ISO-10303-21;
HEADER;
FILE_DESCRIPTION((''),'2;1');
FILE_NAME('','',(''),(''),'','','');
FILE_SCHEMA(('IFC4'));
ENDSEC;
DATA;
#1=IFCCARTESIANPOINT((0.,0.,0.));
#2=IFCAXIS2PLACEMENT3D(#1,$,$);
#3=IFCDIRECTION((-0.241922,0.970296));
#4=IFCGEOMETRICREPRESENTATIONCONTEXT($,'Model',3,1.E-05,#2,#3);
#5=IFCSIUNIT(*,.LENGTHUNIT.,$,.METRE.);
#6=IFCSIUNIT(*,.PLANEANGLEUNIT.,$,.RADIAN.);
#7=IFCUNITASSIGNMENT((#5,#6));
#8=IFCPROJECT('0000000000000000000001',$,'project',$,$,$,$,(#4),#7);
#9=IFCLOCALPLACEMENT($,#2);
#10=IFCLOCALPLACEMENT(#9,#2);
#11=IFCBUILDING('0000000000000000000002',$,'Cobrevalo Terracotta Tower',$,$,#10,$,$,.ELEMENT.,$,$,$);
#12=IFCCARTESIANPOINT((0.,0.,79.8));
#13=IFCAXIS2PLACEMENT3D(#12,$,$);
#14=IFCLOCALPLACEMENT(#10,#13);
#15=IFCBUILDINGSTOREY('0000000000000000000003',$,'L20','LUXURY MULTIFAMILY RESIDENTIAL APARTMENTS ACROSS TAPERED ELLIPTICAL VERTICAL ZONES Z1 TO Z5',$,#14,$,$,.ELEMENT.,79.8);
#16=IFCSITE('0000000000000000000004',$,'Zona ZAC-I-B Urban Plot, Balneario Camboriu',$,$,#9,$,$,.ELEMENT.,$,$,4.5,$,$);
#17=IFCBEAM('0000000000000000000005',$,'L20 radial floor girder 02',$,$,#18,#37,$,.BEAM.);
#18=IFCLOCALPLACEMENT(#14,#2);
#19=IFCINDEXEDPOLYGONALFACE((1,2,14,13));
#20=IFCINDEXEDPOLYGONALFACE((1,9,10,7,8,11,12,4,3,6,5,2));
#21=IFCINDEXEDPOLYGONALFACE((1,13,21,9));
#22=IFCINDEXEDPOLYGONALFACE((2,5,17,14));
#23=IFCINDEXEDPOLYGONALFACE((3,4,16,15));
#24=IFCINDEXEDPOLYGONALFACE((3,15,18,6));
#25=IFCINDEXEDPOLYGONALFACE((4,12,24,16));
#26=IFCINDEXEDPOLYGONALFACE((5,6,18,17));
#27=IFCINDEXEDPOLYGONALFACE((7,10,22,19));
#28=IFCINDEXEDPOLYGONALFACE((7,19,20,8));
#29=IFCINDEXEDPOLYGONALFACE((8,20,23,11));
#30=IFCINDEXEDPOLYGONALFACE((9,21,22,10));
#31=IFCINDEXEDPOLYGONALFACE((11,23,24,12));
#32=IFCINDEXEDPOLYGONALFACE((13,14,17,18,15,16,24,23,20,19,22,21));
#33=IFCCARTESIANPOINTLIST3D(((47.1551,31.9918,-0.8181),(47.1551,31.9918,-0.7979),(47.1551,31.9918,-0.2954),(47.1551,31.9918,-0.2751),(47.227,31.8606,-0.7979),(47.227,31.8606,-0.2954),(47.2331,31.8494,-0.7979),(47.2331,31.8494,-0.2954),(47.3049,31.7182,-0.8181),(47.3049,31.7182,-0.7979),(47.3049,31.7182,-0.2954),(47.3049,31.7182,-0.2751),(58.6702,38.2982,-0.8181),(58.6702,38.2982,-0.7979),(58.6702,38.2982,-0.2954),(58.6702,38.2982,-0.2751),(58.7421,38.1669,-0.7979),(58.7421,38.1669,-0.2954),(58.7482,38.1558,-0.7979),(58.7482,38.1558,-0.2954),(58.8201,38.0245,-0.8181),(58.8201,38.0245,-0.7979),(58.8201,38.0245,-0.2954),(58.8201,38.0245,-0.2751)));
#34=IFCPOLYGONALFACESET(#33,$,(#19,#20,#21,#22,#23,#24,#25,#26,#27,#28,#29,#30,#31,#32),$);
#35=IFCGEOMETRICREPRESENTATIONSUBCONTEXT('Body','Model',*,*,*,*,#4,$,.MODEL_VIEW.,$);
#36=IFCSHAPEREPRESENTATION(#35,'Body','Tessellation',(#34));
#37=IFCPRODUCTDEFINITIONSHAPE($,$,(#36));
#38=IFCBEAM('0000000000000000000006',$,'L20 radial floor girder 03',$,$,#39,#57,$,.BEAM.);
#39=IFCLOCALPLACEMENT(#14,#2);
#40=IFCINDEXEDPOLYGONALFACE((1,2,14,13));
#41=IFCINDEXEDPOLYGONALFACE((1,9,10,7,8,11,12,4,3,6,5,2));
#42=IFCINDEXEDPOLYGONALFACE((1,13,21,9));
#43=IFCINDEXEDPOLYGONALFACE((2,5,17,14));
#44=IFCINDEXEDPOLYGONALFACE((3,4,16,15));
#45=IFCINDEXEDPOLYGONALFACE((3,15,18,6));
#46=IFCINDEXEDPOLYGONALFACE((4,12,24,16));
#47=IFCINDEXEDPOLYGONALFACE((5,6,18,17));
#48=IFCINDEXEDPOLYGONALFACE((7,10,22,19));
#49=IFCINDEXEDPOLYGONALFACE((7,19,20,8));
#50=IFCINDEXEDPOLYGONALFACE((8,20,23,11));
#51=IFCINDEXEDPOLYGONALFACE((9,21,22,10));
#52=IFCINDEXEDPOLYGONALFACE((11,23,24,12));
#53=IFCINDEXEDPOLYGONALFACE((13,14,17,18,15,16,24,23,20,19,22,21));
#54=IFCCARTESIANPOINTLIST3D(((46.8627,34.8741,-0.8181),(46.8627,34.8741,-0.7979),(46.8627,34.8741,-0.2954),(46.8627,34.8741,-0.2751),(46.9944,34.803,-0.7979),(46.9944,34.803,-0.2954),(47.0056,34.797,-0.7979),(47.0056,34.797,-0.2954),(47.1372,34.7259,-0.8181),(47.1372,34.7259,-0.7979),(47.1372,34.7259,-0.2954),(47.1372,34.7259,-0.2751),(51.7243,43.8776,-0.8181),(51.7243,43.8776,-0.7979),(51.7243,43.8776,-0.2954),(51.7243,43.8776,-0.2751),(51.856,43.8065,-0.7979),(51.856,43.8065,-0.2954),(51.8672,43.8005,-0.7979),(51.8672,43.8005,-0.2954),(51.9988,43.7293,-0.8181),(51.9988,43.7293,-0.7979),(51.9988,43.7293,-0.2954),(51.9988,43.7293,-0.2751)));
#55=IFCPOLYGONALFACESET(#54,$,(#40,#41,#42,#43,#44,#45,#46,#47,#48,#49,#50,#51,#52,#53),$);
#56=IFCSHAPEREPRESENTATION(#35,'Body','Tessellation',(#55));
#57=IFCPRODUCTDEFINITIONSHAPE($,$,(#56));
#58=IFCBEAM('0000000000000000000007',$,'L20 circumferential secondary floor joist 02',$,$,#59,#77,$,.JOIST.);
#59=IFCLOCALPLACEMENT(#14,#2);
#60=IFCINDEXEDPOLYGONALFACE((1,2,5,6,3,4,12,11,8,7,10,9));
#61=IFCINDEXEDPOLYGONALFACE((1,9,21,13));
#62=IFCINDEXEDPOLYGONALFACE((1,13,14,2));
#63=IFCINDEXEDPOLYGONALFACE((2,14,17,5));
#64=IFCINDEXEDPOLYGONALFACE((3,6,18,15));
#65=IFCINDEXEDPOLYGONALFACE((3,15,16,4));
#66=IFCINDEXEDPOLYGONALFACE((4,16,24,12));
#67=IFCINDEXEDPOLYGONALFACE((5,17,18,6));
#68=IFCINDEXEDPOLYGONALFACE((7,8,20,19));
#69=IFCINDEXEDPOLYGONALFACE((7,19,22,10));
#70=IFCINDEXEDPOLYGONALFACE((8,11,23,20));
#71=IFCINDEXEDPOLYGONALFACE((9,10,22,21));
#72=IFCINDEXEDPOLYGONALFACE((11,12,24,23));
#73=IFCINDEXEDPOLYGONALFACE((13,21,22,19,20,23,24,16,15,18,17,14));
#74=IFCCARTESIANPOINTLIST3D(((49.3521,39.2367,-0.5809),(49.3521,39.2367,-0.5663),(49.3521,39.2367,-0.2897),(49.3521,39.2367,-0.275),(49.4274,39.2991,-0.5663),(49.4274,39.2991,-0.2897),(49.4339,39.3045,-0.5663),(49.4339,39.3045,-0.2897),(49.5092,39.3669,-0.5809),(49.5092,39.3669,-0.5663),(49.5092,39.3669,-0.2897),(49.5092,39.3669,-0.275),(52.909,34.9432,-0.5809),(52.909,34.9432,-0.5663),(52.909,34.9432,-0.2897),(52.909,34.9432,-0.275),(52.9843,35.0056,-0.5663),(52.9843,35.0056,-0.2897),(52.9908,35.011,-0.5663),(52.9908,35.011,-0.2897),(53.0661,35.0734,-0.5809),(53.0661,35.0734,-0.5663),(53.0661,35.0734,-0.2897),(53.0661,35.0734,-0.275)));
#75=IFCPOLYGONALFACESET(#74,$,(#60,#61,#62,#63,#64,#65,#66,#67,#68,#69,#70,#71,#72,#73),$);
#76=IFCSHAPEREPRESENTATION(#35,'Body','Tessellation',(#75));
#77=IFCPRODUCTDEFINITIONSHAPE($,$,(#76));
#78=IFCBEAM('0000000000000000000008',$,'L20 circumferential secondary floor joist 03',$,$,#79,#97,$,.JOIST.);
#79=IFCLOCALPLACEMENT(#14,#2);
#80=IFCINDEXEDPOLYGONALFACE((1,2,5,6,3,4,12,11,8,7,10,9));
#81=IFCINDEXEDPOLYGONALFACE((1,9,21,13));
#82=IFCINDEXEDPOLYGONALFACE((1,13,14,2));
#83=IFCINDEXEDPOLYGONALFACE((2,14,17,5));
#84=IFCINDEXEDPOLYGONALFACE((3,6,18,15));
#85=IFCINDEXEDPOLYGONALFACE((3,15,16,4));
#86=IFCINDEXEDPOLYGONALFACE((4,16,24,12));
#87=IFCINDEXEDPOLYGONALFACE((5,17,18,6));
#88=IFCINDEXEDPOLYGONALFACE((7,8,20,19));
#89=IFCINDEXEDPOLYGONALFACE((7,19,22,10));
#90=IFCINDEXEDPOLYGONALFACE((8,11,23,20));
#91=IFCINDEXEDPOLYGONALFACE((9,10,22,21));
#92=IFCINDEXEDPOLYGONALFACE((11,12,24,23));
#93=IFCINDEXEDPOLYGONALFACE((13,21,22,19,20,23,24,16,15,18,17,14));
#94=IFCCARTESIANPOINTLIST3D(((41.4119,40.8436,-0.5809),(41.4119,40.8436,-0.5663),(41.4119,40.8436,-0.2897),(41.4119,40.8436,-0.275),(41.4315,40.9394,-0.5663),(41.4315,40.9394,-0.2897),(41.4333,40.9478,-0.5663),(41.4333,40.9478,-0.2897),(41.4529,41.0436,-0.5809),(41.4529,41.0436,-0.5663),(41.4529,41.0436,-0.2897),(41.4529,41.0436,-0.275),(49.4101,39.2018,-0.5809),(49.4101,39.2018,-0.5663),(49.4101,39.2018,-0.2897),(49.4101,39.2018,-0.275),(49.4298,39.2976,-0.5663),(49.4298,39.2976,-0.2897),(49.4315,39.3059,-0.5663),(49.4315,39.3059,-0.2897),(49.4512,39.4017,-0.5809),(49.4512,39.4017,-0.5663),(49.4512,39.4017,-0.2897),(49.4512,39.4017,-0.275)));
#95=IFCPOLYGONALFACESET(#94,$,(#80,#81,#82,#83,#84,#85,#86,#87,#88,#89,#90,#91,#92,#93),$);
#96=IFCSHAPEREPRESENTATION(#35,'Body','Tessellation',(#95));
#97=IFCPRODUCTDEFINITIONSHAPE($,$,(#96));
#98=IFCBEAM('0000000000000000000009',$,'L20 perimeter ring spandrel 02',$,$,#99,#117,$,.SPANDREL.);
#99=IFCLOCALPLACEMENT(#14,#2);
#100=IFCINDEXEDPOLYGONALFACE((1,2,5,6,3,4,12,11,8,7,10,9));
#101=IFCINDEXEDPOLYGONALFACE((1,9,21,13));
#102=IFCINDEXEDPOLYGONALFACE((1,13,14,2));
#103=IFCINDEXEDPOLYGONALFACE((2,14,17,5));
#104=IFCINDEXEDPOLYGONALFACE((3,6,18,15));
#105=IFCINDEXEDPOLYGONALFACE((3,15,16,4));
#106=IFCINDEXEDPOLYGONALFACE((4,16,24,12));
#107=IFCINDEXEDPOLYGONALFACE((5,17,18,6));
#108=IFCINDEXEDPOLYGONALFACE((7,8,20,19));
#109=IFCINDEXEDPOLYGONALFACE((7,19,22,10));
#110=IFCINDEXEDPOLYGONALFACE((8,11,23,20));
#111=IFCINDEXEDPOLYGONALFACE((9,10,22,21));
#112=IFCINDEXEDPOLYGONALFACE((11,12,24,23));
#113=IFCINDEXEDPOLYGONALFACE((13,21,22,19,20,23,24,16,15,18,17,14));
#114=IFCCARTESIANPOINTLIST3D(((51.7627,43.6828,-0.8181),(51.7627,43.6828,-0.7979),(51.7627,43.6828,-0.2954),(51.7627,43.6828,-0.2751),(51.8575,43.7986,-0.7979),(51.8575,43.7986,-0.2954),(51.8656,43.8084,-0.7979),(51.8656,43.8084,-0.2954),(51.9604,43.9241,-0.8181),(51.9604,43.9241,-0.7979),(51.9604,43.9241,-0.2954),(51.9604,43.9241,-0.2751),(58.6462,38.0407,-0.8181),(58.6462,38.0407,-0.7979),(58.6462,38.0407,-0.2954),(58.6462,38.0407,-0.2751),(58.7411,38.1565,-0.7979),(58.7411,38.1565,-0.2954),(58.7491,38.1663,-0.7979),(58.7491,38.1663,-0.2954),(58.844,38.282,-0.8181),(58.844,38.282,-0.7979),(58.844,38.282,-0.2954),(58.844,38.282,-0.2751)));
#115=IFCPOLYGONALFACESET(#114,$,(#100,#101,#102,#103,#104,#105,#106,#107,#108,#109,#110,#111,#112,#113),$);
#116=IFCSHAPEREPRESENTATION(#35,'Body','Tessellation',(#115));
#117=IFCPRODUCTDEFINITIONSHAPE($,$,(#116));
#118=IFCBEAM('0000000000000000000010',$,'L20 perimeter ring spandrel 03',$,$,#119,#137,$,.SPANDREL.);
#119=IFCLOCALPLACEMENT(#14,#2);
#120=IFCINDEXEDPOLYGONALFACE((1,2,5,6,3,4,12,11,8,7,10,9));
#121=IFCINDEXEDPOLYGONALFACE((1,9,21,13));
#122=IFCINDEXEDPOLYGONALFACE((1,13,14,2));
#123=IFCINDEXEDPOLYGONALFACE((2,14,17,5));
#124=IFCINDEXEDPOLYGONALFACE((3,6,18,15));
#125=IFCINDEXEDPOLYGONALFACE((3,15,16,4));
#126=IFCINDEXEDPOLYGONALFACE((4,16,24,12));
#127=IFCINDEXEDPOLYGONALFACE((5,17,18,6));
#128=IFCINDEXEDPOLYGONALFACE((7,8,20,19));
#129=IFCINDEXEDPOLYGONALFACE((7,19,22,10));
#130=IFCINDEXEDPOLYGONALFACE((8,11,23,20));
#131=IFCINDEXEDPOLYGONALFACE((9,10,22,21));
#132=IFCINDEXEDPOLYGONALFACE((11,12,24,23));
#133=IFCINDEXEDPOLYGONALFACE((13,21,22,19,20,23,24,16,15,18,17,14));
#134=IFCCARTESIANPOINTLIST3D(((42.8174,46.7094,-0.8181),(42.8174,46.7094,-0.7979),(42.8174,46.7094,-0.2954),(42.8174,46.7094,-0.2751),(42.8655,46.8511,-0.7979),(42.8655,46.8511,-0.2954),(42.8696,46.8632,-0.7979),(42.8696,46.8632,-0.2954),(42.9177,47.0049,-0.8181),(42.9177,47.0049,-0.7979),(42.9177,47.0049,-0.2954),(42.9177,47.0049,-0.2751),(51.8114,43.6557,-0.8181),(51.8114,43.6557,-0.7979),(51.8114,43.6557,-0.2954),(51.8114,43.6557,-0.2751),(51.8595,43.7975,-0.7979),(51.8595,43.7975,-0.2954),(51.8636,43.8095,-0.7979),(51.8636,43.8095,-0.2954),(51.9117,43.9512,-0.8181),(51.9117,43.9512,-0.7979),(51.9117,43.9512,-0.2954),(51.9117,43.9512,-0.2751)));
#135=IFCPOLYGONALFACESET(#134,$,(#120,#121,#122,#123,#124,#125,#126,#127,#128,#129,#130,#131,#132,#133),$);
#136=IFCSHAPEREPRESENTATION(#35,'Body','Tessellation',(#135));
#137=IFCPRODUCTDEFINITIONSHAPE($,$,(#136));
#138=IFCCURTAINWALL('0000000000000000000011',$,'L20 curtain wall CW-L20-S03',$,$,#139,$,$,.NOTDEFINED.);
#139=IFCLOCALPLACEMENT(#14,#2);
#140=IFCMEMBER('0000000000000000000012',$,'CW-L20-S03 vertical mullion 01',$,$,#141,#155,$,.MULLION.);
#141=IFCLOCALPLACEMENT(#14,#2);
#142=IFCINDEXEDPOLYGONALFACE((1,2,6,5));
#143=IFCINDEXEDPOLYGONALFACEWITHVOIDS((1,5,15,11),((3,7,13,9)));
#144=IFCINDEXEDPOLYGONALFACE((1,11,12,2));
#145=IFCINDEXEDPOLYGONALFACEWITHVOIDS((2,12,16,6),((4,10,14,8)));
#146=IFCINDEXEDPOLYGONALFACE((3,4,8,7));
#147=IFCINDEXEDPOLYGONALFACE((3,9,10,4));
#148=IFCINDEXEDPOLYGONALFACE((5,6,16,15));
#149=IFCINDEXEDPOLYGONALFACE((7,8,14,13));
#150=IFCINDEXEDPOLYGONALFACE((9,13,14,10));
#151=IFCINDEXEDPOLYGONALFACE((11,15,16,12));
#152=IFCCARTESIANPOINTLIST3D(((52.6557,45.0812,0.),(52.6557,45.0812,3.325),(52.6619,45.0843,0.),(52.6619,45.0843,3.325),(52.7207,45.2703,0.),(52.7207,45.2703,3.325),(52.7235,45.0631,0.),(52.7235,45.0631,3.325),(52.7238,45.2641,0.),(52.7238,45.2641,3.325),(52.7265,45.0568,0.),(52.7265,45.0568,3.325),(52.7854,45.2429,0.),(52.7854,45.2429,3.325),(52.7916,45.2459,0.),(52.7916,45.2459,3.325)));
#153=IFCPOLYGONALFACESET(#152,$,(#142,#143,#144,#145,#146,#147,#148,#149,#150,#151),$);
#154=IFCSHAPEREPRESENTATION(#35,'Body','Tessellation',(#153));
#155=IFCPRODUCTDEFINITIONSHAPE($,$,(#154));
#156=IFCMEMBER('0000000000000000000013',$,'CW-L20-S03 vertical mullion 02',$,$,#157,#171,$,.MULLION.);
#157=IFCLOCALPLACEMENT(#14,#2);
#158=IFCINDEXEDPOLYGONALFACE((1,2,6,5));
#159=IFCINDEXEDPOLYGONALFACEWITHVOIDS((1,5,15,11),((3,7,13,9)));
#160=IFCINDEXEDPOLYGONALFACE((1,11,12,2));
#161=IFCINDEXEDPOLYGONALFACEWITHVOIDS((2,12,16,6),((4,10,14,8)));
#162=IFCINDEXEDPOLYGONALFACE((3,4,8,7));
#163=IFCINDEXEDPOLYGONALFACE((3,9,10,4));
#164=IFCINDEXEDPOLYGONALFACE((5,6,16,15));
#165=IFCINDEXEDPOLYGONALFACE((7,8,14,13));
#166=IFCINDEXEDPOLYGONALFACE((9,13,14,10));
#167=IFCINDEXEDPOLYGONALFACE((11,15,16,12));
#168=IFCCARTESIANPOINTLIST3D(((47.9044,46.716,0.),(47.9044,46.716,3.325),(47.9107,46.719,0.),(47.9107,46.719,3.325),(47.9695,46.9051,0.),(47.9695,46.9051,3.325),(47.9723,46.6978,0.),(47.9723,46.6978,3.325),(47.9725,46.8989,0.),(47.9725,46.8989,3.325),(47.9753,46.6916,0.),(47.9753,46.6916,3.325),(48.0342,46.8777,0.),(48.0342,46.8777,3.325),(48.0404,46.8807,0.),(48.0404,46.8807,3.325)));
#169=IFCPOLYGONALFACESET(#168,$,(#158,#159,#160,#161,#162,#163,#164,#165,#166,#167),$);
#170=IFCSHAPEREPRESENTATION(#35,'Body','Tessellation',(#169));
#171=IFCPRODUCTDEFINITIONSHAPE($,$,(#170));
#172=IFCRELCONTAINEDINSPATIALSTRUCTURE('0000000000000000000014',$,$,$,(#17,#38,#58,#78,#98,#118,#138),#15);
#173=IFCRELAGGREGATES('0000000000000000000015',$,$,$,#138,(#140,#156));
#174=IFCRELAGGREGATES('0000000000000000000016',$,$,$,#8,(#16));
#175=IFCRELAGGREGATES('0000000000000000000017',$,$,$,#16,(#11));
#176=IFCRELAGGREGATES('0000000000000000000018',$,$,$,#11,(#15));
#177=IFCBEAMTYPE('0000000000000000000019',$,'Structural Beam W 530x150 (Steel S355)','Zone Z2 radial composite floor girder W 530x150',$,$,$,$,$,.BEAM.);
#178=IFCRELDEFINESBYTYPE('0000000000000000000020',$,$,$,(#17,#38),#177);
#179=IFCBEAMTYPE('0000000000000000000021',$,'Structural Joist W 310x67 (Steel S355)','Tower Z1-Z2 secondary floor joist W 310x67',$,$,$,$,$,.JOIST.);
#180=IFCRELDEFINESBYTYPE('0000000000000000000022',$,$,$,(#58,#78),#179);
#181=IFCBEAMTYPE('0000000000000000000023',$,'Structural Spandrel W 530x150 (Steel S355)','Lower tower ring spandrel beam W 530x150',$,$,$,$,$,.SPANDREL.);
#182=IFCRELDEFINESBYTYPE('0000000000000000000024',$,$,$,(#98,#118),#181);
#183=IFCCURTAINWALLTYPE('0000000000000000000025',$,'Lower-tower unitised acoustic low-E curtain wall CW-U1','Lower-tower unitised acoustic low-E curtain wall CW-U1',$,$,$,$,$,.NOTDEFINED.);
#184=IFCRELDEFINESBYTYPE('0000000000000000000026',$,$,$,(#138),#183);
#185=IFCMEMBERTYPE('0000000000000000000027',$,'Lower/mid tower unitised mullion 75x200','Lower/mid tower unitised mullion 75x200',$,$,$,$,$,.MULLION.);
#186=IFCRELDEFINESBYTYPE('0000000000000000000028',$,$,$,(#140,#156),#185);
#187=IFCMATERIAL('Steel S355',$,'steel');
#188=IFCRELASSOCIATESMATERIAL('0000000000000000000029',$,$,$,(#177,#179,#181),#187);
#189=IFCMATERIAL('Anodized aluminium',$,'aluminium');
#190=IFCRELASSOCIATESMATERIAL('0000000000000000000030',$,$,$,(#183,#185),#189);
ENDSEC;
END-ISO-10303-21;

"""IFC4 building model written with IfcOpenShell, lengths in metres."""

from ifc_helpers import new_model, si_unit, direction, frame, origin, origin_2d, place, context, subcontext, project, spatial, hollow_rectangle, i_section, extrude, source, transform, mapped, material, material_profile, profile_set, type_object, element, aggregate, save


model = new_model("IFC4")

# Units and contexts
model_context = context("Model", 3, precision=1e-05, world=origin(), true_north=direction((-0.241922, 0.970296)))
body_context = subcontext(model_context, "Body", "Model", "MODEL_VIEW")
ifc_project = project(units=[si_unit("LENGTHUNIT", "METRE"), si_unit("PLANEANGLEUNIT", "RADIAN")], contexts=[model_context])

# Site, building, storey
site_placement = place(None, origin())
site = spatial("IfcSite", under=ifc_project, at=site_placement, Name="Zona ZAC-I-B Urban Plot, Balneario Camboriu", CompositionType="ELEMENT", RefElevation=4.5)
building_placement = place(site_placement, origin())
building = spatial("IfcBuilding", under=site, at=building_placement, Name="Cobrevalo Terracotta Tower", CompositionType="ELEMENT")
storey_placement = place(building_placement, frame((0.0, 0.0, 79.8)))
storey = spatial("IfcBuildingStorey", under=building, at=storey_placement, Name="L20", Description="LUXURY MULTIFAMILY RESIDENTIAL APARTMENTS ACROSS TAPERED ELLIPTICAL VERTICAL ZONES Z1 TO Z5", CompositionType="ELEMENT", Elevation=79.8)

# Shared definitions
ifc_material_1 = material(Name="Steel S355", Category="steel")

# Beams
ifc_material_profile_1 = material_profile(ifc_material_1, i_section(OverallWidth=0.312, OverallDepth=0.543, WebThickness=0.0127, FlangeThickness=0.0203, at=origin_2d()), Name="W 530x150")
ifc_profile_set_1 = profile_set([ifc_material_profile_1], Name="Steel S355")
beam_type_1 = type_object("IfcBeamType", Name="Structural Beam W 530x150 (Steel S355)", Description="Zone Z2 radial composite floor girder W 530x150", PredefinedType="BEAM", material=ifc_profile_set_1)
beam_1_placement = place(storey_placement, frame((58.7451, 38.1614, -0.5466), z_axis=(-0.877081, -0.480343, 0.0), x_axis=(0.480343, -0.877081, 0.0)))
element("IfcBeam", 1, at=beam_1_placement, inside=storey, type_object=beam_type_1, Name="L20 radial floor girder 02", PredefinedType="BEAM", context=body_context, shape_type="SweptSolid", body=[
    extrude(i_section(OverallWidth=0.312, OverallDepth=0.543, WebThickness=0.0127, FlangeThickness=0.0203, at=origin_2d()), origin(), (0.0, 0.0, 1.0), 13.1289),
])
beam_2_placement = place(storey_placement, frame((51.8616, 43.8035, -0.5466), z_axis=(-0.475128, -0.879917, 0.0), x_axis=(0.879917, -0.475128, 0.0)))
element("IfcBeam", 2, at=beam_2_placement, inside=storey, type_object=beam_type_1, Name="L20 radial floor girder 03", PredefinedType="BEAM", context=body_context, shape_type="SweptSolid", body=[
    extrude(i_section(OverallWidth=0.312, OverallDepth=0.543, WebThickness=0.0127, FlangeThickness=0.0203, at=origin_2d()), origin(), (0.0, 0.0, 1.0), 10.2322),
])
ifc_material_profile_2 = material_profile(ifc_material_1, i_section(OverallWidth=0.2041, OverallDepth=0.3059, WebThickness=0.0085, FlangeThickness=0.0146, at=origin_2d()), Name="W 310x67")
ifc_profile_set_2 = profile_set([ifc_material_profile_2], Name="Steel S355")
beam_type_2 = type_object("IfcBeamType", Name="Structural Joist W 310x67 (Steel S355)", Description="Tower Z1-Z2 secondary floor joist W 310x67", PredefinedType="JOIST", material=ifc_profile_set_2)
beam_3_placement = place(storey_placement, frame((52.9875, 35.0083, -0.428), z_axis=(-0.637959, 0.77007, 0.0), x_axis=(-0.77007, -0.637959, 0.0)))
element("IfcBeam", 3, at=beam_3_placement, inside=storey, type_object=beam_type_2, Name="L20 circumferential secondary floor joist 02", PredefinedType="JOIST", context=body_context, shape_type="SweptSolid", body=[
    extrude(i_section(OverallWidth=0.2041, OverallDepth=0.3059, WebThickness=0.0085, FlangeThickness=0.0146, at=origin_2d()), origin(), (0.0, 0.0, 1.0), 5.5754),
])
beam_4_placement = place(storey_placement, frame((49.4307, 39.3018, -0.428), z_axis=(-0.979574, 0.201082, 0.0), x_axis=(-0.201082, -0.979574, 0.0)))
element("IfcBeam", 4, at=beam_4_placement, inside=storey, type_object=beam_type_2, Name="L20 circumferential secondary floor joist 03", PredefinedType="JOIST", context=body_context, shape_type="SweptSolid", body=[
    extrude(i_section(OverallWidth=0.2041, OverallDepth=0.3059, WebThickness=0.0085, FlangeThickness=0.0146, at=origin_2d()), origin(), (0.0, 0.0, 1.0), 8.165),
])
ifc_material_profile_3 = material_profile(ifc_material_1, i_section(OverallWidth=0.312, OverallDepth=0.543, WebThickness=0.0127, FlangeThickness=0.0203, at=origin_2d()), Name="W 530x150")
ifc_profile_set_3 = profile_set([ifc_material_profile_3], Name="Steel S355")
beam_type_3 = type_object("IfcBeamType", Name="Structural Spandrel W 530x150 (Steel S355)", Description="Lower tower ring spandrel beam W 530x150", PredefinedType="SPANDREL", material=ifc_profile_set_3)
beam_5_placement = place(storey_placement, frame((58.7451, 38.1614, -0.5466), z_axis=(-0.773401, 0.633917, 0.0), x_axis=(-0.633917, -0.773401, 0.0)))
element("IfcBeam", 5, at=beam_5_placement, inside=storey, type_object=beam_type_3, Name="L20 perimeter ring spandrel 02", PredefinedType="SPANDREL", context=body_context, shape_type="SweptSolid", body=[
    extrude(i_section(OverallWidth=0.312, OverallDepth=0.543, WebThickness=0.0127, FlangeThickness=0.0203, at=origin_2d()), origin(), (0.0, 0.0, 1.0), 8.9004),
])
beam_6_placement = place(storey_placement, frame((51.8616, 43.8035, -0.5466), z_axis=(-0.946911, 0.321497, 0.0), x_axis=(-0.321497, -0.946911, 0.0)))
element("IfcBeam", 6, at=beam_6_placement, inside=storey, type_object=beam_type_3, Name="L20 perimeter ring spandrel 03", PredefinedType="SPANDREL", context=body_context, shape_type="SweptSolid", body=[
    extrude(i_section(OverallWidth=0.312, OverallDepth=0.543, WebThickness=0.0127, FlangeThickness=0.0203, at=origin_2d()), origin(), (0.0, 0.0, 1.0), 9.4983),
])

# Curtain wall, members
ifc_material_2 = material(Name="Anodized aluminium", Category="aluminium")
curtain_wall_type = type_object("IfcCurtainWallType", Name="Lower-tower unitised acoustic low-E curtain wall CW-U1", Description="Lower-tower unitised acoustic low-E curtain wall CW-U1", PredefinedType="NOTDEFINED", material=ifc_material_2)
curtain_wall_placement = place(storey_placement, origin())
curtain_wall = element("IfcCurtainWall", 7, at=curtain_wall_placement, inside=storey, type_object=curtain_wall_type, Name="L20 curtain wall CW-L20-S03", PredefinedType="NOTDEFINED")
ifc_material_profile_4 = material_profile(ifc_material_2, hollow_rectangle(XDim=0.075, YDim=0.2, WallThickness=0.0049, at=origin_2d()), Name="CWM 75x200")
ifc_profile_set_4 = profile_set([ifc_material_profile_4], Name="Anodized aluminium")
member_type_1 = type_object("IfcMemberType", Name="Lower/mid tower unitised mullion 75x200", Description="Lower/mid tower unitised mullion 75x200", PredefinedType="MULLION", material=ifc_profile_set_4)
shared_shape_1 = source(origin(), body_context, "Body", "SweptSolid", [
    extrude(hollow_rectangle(XDim=0.075, YDim=0.2, WallThickness=0.0049, at=origin_2d()), origin(), (0.0, 0.0, 1.0), 3.325),
])
member_1_placement = place(storey_placement, frame((52.7236, 45.1636, 0.0), z_axis=(0.0, 0.0, 1.0), x_axis=(-0.945598, 0.325337, 0.0)))
member_1 = element("IfcMember", 8, at=member_1_placement, type_object=member_type_1, Name="CW-L20-S03 vertical mullion 01", PredefinedType="MULLION", context=body_context, shape_type="MappedRepresentation", body=[
    mapped(shared_shape_1, transform((0.0, 0.0, 0.0), scale=1.0)),
])
member_2_placement = place(storey_placement, frame((47.9724, 46.7983, 0.0), z_axis=(0.0, 0.0, 1.0), x_axis=(-0.945598, 0.325337, 0.0)))
member_2 = element("IfcMember", 9, at=member_2_placement, type_object=member_type_1, Name="CW-L20-S03 vertical mullion 02", PredefinedType="MULLION", context=body_context, shape_type="MappedRepresentation", body=[
    mapped(shared_shape_1, transform((0.0, 0.0, 0.0), scale=1.0)),
])
aggregate(curtain_wall, [member_1, member_2])

save(model, "model.ifc")
